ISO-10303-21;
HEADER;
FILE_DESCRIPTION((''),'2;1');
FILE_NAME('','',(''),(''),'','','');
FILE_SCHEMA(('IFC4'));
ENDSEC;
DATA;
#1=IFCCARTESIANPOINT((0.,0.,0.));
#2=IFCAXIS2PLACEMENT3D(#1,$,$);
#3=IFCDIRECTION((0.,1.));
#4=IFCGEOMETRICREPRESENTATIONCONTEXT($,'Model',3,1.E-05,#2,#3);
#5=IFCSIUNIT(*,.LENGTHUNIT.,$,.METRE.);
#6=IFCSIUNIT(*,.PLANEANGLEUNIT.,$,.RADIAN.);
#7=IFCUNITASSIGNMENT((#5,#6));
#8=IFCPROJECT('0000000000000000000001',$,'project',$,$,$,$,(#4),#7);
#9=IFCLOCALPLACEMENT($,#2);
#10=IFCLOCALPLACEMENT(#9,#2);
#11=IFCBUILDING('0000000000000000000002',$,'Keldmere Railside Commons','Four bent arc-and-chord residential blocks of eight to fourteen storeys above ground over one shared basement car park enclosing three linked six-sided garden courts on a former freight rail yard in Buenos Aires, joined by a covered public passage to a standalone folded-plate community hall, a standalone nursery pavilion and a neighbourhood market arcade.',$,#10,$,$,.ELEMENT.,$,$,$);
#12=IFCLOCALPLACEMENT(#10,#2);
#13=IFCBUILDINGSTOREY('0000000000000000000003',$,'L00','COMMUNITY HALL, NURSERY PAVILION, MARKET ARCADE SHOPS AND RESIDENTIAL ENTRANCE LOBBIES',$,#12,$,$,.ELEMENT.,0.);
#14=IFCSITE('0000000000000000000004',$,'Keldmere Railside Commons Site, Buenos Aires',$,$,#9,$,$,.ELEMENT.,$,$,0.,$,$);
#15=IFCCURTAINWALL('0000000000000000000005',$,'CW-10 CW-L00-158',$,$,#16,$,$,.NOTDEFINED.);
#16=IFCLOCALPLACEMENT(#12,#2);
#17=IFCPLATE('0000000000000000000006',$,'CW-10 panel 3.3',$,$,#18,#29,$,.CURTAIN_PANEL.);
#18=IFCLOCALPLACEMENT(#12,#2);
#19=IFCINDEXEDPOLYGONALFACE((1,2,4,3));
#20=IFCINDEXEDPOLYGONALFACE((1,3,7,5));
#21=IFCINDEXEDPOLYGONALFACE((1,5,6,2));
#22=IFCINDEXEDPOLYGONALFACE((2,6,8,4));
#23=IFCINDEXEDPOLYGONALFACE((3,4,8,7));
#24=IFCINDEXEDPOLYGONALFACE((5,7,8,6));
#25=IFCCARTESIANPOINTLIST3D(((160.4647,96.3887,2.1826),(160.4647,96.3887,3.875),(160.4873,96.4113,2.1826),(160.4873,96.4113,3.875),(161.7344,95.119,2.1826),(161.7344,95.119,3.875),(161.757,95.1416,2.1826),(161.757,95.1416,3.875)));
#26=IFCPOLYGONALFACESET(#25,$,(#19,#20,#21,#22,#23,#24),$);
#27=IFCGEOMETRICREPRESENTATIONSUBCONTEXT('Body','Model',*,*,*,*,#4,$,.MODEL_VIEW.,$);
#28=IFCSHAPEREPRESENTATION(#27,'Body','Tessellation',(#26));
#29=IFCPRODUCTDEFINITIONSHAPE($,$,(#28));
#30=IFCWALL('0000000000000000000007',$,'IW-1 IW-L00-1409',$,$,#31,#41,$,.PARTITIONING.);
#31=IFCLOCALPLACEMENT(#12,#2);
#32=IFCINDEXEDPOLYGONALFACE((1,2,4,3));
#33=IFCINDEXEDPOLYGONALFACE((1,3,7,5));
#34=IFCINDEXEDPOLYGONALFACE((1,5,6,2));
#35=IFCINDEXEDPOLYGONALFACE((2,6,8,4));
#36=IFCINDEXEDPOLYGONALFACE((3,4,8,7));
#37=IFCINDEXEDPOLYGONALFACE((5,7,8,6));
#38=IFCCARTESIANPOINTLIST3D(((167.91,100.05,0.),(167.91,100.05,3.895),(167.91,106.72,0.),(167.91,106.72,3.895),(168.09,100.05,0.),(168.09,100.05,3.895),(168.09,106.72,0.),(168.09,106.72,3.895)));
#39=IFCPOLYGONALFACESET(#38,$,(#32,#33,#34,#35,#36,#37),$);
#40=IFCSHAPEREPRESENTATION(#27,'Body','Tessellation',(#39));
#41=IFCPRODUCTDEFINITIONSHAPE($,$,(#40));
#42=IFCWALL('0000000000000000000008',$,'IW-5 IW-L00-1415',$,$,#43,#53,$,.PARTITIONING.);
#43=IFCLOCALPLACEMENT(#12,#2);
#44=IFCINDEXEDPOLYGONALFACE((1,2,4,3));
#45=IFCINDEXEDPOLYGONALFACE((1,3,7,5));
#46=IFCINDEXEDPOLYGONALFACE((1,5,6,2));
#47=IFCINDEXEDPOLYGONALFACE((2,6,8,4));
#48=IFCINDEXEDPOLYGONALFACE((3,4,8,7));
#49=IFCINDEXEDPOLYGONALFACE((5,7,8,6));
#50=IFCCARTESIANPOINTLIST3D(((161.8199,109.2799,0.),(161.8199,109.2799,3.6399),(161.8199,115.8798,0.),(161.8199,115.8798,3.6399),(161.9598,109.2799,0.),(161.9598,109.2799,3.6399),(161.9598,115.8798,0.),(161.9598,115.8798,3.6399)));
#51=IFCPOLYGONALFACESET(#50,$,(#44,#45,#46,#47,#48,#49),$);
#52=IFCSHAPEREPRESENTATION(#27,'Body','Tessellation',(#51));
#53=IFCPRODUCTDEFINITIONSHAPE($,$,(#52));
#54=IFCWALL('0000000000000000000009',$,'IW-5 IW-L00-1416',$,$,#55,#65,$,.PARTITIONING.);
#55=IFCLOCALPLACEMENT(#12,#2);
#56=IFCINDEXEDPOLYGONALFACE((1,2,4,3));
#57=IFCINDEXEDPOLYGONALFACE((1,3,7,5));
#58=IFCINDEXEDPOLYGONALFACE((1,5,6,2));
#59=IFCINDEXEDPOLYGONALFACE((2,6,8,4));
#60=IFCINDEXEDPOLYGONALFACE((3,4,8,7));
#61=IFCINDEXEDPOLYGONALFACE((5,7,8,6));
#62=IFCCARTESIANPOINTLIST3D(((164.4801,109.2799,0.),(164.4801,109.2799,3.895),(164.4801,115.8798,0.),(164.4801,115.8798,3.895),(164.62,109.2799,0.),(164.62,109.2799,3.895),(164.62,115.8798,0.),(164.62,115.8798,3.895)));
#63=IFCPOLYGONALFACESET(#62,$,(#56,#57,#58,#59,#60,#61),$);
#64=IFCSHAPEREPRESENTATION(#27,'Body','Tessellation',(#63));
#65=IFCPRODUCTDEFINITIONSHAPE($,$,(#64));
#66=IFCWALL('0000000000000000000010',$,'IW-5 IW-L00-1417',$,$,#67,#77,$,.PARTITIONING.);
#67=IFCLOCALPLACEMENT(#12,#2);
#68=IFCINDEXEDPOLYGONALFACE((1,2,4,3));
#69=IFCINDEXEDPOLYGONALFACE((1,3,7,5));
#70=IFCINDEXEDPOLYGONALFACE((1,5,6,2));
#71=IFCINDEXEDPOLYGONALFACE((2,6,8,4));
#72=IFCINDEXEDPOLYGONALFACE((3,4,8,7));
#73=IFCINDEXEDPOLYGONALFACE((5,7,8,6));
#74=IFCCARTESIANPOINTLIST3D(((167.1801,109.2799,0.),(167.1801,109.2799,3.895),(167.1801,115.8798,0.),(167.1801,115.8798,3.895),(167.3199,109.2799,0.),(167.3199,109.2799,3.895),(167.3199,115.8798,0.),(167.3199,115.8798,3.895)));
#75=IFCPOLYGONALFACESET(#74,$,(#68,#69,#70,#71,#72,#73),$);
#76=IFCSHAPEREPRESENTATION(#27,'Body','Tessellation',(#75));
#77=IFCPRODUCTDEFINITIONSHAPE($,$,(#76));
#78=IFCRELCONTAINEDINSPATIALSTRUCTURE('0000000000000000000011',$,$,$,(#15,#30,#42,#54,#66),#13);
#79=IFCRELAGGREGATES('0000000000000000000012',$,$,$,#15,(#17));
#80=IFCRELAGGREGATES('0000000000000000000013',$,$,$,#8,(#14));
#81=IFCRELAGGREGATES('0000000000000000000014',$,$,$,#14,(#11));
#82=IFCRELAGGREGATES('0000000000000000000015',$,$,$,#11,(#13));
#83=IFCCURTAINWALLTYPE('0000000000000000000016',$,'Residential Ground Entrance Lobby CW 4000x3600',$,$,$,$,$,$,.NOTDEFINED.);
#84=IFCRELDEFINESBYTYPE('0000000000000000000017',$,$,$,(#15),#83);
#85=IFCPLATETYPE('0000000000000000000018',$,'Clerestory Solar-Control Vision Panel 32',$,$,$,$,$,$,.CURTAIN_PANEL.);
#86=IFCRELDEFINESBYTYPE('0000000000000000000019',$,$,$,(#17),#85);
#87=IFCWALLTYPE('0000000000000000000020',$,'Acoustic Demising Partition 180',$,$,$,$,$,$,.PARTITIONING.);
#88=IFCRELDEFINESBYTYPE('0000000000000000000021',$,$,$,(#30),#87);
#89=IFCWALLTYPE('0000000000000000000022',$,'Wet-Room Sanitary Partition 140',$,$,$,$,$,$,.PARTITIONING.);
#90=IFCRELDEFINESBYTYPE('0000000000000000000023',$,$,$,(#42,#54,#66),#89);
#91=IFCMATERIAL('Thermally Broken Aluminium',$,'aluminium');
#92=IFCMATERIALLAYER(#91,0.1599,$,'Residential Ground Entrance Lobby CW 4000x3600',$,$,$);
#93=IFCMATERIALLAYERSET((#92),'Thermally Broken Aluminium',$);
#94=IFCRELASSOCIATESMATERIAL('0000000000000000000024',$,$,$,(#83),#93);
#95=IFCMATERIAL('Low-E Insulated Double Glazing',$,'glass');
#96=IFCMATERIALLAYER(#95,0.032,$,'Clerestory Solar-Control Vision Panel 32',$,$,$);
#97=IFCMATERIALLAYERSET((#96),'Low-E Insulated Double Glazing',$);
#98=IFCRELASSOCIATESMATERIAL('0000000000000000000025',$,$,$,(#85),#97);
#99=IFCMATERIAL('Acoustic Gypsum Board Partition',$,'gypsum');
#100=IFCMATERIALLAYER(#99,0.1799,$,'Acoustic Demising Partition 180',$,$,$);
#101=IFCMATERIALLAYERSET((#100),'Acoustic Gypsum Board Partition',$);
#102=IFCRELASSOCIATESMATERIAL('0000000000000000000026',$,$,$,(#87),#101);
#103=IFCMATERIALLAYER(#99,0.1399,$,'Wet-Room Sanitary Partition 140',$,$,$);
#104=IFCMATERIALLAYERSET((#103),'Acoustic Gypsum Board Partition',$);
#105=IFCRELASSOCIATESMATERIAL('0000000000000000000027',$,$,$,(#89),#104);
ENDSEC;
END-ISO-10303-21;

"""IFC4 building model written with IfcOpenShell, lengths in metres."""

from ifc_helpers import new_model, si_unit, direction, frame, frame_2d, origin, origin_2d, place, context, subcontext, project, spatial, rectangle, extrude, material, layer, layer_set, type_object, element, aggregate, save


model = new_model("IFC4")

# Units and contexts
model_context = context("Model", 3, precision=1e-05, world=origin(), true_north=direction((0.0, 1.0)))
body_context = subcontext(model_context, "Body", "Model", "MODEL_VIEW")
ifc_project = project(units=[si_unit("LENGTHUNIT", "METRE"), si_unit("PLANEANGLEUNIT", "RADIAN")], contexts=[model_context])

# Site, building, storey
site_placement = place(None, origin())
site = spatial("IfcSite", under=ifc_project, at=site_placement, Name="Keldmere Railside Commons Site, Buenos Aires", CompositionType="ELEMENT", RefElevation=0.0)
building_placement = place(site_placement, origin())
building = spatial("IfcBuilding", under=site, at=building_placement, Name="Keldmere Railside Commons", Description="Four bent arc-and-chord residential blocks of eight to fourteen storeys above ground over one shared basement car park enclosing three linked six-sided garden courts on a former freight rail yard in Buenos Aires, joined by a covered public passage to a standalone folded-plate community hall, a standalone nursery pavilion and a neighbourhood market arcade.", CompositionType="ELEMENT")
storey_placement = place(building_placement, origin())
storey = spatial("IfcBuildingStorey", under=building, at=storey_placement, Name="L00", Description="COMMUNITY HALL, NURSERY PAVILION, MARKET ARCADE SHOPS AND RESIDENTIAL ENTRANCE LOBBIES", CompositionType="ELEMENT", Elevation=0.0)

# Shared definitions
ifc_material_1 = material(Name="Thermally Broken Aluminium", Category="aluminium")

# Curtain wall, plate
ifc_layer_1 = layer(ifc_material_1, 0.1599, Name="Residential Ground Entrance Lobby CW 4000x3600")
ifc_layer_set_1 = layer_set([ifc_layer_1], Name="Thermally Broken Aluminium")
curtain_wall_type_1 = type_object("IfcCurtainWallType", Name="Residential Ground Entrance Lobby CW 4000x3600", PredefinedType="NOTDEFINED", material=ifc_layer_set_1)
curtain_wall_1_placement = place(storey_placement, origin())
curtain_wall_1 = element("IfcCurtainWall", 1, at=curtain_wall_1_placement, inside=storey, type_object=curtain_wall_type_1, Name="CW-10 CW-L00-158", PredefinedType="NOTDEFINED")
ifc_material_2 = material(Name="Low-E Insulated Double Glazing", Category="glass")
ifc_layer_2 = layer(ifc_material_2, 0.032, Name="Clerestory Solar-Control Vision Panel 32")
ifc_layer_set_2 = layer_set([ifc_layer_2], Name="Low-E Insulated Double Glazing")
plate_type = type_object("IfcPlateType", Name="Clerestory Solar-Control Vision Panel 32", PredefinedType="CURTAIN_PANEL", material=ifc_layer_set_2)
plate_1_placement = place(storey_placement, frame((161.1108, 95.7651, 2.1826), z_axis=(0.0, 0.0, 1.0), x_axis=(-0.707107, 0.707107, 0.0)))
plate_1 = element("IfcPlate", 2, at=plate_1_placement, type_object=plate_type, Name="CW-10 panel 3.3", PredefinedType="CURTAIN_PANEL", context=body_context, shape_type="SweptSolid", body=[
    extrude(rectangle(XDim=1.7957, YDim=0.032, at=origin_2d()), origin(), (0.0, 0.0, 1.0), 1.6924),
])
aggregate(curtain_wall_1, [plate_1])

# Walls
ifc_material_3 = material(Name="Acoustic Gypsum Board Partition", Category="gypsum")
ifc_layer_3 = layer(ifc_material_3, 0.1799, Name="Acoustic Demising Partition 180")
ifc_layer_set_3 = layer_set([ifc_layer_3], Name="Acoustic Gypsum Board Partition")
wall_type_1 = type_object("IfcWallType", Name="Acoustic Demising Partition 180", PredefinedType="PARTITIONING", material=ifc_layer_set_3)
wall_1_placement = place(storey_placement, frame((168.0, 100.05, 0.0), z_axis=(0.0, 0.0, 1.0), x_axis=(0.0, 1.0, 0.0)))
element("IfcWall", 3, at=wall_1_placement, inside=storey, type_object=wall_type_1, Name="IW-1 IW-L00-1409", PredefinedType="PARTITIONING", context=body_context, shape_type="SweptSolid", body=[
    extrude(rectangle(XDim=6.6699, YDim=0.1799, at=frame_2d((3.335, 0.0))), origin(), (0.0, 0.0, 1.0), 3.895),
])
ifc_layer_4 = layer(ifc_material_3, 0.1399, Name="Wet-Room Sanitary Partition 140")
ifc_layer_set_4 = layer_set([ifc_layer_4], Name="Acoustic Gypsum Board Partition")
wall_type_2 = type_object("IfcWallType", Name="Wet-Room Sanitary Partition 140", PredefinedType="PARTITIONING", material=ifc_layer_set_4)
wall_2_placement = place(storey_placement, frame((161.8899, 109.28, 0.0), z_axis=(0.0, 0.0, 1.0), x_axis=(0.0, 1.0, 0.0)))
element("IfcWall", 4, at=wall_2_placement, inside=storey, type_object=wall_type_2, Name="IW-5 IW-L00-1415", PredefinedType="PARTITIONING", context=body_context, shape_type="SweptSolid", body=[
    extrude(rectangle(XDim=6.5999, YDim=0.1399, at=frame_2d((3.2998, 0.0))), origin(), (0.0, 0.0, 1.0), 3.6399),
])
for number, where, z_axis, x_axis, name in (
    (5, (164.55, 109.28, 0.0), (0.0, 0.0, 1.0), (0.0, 1.0, 0.0), "IW-5 IW-L00-1416"),
    (6, (167.25, 109.28, 0.0), (0.0, 0.0, 1.0), (0.0, 1.0, 0.0), "IW-5 IW-L00-1417"),
):
    element("IfcWall", number, at=place(storey_placement, frame(where, z_axis=z_axis, x_axis=x_axis)), inside=storey, type_object=wall_type_2, Name=name, PredefinedType="PARTITIONING", context=body_context, shape_type="SweptSolid", body=[
        extrude(rectangle(XDim=6.5999, YDim=0.1399, at=frame_2d((3.2998, 0.0))), origin(), (0.0, 0.0, 1.0), 3.895),
    ])

save(model, "model.ifc")
